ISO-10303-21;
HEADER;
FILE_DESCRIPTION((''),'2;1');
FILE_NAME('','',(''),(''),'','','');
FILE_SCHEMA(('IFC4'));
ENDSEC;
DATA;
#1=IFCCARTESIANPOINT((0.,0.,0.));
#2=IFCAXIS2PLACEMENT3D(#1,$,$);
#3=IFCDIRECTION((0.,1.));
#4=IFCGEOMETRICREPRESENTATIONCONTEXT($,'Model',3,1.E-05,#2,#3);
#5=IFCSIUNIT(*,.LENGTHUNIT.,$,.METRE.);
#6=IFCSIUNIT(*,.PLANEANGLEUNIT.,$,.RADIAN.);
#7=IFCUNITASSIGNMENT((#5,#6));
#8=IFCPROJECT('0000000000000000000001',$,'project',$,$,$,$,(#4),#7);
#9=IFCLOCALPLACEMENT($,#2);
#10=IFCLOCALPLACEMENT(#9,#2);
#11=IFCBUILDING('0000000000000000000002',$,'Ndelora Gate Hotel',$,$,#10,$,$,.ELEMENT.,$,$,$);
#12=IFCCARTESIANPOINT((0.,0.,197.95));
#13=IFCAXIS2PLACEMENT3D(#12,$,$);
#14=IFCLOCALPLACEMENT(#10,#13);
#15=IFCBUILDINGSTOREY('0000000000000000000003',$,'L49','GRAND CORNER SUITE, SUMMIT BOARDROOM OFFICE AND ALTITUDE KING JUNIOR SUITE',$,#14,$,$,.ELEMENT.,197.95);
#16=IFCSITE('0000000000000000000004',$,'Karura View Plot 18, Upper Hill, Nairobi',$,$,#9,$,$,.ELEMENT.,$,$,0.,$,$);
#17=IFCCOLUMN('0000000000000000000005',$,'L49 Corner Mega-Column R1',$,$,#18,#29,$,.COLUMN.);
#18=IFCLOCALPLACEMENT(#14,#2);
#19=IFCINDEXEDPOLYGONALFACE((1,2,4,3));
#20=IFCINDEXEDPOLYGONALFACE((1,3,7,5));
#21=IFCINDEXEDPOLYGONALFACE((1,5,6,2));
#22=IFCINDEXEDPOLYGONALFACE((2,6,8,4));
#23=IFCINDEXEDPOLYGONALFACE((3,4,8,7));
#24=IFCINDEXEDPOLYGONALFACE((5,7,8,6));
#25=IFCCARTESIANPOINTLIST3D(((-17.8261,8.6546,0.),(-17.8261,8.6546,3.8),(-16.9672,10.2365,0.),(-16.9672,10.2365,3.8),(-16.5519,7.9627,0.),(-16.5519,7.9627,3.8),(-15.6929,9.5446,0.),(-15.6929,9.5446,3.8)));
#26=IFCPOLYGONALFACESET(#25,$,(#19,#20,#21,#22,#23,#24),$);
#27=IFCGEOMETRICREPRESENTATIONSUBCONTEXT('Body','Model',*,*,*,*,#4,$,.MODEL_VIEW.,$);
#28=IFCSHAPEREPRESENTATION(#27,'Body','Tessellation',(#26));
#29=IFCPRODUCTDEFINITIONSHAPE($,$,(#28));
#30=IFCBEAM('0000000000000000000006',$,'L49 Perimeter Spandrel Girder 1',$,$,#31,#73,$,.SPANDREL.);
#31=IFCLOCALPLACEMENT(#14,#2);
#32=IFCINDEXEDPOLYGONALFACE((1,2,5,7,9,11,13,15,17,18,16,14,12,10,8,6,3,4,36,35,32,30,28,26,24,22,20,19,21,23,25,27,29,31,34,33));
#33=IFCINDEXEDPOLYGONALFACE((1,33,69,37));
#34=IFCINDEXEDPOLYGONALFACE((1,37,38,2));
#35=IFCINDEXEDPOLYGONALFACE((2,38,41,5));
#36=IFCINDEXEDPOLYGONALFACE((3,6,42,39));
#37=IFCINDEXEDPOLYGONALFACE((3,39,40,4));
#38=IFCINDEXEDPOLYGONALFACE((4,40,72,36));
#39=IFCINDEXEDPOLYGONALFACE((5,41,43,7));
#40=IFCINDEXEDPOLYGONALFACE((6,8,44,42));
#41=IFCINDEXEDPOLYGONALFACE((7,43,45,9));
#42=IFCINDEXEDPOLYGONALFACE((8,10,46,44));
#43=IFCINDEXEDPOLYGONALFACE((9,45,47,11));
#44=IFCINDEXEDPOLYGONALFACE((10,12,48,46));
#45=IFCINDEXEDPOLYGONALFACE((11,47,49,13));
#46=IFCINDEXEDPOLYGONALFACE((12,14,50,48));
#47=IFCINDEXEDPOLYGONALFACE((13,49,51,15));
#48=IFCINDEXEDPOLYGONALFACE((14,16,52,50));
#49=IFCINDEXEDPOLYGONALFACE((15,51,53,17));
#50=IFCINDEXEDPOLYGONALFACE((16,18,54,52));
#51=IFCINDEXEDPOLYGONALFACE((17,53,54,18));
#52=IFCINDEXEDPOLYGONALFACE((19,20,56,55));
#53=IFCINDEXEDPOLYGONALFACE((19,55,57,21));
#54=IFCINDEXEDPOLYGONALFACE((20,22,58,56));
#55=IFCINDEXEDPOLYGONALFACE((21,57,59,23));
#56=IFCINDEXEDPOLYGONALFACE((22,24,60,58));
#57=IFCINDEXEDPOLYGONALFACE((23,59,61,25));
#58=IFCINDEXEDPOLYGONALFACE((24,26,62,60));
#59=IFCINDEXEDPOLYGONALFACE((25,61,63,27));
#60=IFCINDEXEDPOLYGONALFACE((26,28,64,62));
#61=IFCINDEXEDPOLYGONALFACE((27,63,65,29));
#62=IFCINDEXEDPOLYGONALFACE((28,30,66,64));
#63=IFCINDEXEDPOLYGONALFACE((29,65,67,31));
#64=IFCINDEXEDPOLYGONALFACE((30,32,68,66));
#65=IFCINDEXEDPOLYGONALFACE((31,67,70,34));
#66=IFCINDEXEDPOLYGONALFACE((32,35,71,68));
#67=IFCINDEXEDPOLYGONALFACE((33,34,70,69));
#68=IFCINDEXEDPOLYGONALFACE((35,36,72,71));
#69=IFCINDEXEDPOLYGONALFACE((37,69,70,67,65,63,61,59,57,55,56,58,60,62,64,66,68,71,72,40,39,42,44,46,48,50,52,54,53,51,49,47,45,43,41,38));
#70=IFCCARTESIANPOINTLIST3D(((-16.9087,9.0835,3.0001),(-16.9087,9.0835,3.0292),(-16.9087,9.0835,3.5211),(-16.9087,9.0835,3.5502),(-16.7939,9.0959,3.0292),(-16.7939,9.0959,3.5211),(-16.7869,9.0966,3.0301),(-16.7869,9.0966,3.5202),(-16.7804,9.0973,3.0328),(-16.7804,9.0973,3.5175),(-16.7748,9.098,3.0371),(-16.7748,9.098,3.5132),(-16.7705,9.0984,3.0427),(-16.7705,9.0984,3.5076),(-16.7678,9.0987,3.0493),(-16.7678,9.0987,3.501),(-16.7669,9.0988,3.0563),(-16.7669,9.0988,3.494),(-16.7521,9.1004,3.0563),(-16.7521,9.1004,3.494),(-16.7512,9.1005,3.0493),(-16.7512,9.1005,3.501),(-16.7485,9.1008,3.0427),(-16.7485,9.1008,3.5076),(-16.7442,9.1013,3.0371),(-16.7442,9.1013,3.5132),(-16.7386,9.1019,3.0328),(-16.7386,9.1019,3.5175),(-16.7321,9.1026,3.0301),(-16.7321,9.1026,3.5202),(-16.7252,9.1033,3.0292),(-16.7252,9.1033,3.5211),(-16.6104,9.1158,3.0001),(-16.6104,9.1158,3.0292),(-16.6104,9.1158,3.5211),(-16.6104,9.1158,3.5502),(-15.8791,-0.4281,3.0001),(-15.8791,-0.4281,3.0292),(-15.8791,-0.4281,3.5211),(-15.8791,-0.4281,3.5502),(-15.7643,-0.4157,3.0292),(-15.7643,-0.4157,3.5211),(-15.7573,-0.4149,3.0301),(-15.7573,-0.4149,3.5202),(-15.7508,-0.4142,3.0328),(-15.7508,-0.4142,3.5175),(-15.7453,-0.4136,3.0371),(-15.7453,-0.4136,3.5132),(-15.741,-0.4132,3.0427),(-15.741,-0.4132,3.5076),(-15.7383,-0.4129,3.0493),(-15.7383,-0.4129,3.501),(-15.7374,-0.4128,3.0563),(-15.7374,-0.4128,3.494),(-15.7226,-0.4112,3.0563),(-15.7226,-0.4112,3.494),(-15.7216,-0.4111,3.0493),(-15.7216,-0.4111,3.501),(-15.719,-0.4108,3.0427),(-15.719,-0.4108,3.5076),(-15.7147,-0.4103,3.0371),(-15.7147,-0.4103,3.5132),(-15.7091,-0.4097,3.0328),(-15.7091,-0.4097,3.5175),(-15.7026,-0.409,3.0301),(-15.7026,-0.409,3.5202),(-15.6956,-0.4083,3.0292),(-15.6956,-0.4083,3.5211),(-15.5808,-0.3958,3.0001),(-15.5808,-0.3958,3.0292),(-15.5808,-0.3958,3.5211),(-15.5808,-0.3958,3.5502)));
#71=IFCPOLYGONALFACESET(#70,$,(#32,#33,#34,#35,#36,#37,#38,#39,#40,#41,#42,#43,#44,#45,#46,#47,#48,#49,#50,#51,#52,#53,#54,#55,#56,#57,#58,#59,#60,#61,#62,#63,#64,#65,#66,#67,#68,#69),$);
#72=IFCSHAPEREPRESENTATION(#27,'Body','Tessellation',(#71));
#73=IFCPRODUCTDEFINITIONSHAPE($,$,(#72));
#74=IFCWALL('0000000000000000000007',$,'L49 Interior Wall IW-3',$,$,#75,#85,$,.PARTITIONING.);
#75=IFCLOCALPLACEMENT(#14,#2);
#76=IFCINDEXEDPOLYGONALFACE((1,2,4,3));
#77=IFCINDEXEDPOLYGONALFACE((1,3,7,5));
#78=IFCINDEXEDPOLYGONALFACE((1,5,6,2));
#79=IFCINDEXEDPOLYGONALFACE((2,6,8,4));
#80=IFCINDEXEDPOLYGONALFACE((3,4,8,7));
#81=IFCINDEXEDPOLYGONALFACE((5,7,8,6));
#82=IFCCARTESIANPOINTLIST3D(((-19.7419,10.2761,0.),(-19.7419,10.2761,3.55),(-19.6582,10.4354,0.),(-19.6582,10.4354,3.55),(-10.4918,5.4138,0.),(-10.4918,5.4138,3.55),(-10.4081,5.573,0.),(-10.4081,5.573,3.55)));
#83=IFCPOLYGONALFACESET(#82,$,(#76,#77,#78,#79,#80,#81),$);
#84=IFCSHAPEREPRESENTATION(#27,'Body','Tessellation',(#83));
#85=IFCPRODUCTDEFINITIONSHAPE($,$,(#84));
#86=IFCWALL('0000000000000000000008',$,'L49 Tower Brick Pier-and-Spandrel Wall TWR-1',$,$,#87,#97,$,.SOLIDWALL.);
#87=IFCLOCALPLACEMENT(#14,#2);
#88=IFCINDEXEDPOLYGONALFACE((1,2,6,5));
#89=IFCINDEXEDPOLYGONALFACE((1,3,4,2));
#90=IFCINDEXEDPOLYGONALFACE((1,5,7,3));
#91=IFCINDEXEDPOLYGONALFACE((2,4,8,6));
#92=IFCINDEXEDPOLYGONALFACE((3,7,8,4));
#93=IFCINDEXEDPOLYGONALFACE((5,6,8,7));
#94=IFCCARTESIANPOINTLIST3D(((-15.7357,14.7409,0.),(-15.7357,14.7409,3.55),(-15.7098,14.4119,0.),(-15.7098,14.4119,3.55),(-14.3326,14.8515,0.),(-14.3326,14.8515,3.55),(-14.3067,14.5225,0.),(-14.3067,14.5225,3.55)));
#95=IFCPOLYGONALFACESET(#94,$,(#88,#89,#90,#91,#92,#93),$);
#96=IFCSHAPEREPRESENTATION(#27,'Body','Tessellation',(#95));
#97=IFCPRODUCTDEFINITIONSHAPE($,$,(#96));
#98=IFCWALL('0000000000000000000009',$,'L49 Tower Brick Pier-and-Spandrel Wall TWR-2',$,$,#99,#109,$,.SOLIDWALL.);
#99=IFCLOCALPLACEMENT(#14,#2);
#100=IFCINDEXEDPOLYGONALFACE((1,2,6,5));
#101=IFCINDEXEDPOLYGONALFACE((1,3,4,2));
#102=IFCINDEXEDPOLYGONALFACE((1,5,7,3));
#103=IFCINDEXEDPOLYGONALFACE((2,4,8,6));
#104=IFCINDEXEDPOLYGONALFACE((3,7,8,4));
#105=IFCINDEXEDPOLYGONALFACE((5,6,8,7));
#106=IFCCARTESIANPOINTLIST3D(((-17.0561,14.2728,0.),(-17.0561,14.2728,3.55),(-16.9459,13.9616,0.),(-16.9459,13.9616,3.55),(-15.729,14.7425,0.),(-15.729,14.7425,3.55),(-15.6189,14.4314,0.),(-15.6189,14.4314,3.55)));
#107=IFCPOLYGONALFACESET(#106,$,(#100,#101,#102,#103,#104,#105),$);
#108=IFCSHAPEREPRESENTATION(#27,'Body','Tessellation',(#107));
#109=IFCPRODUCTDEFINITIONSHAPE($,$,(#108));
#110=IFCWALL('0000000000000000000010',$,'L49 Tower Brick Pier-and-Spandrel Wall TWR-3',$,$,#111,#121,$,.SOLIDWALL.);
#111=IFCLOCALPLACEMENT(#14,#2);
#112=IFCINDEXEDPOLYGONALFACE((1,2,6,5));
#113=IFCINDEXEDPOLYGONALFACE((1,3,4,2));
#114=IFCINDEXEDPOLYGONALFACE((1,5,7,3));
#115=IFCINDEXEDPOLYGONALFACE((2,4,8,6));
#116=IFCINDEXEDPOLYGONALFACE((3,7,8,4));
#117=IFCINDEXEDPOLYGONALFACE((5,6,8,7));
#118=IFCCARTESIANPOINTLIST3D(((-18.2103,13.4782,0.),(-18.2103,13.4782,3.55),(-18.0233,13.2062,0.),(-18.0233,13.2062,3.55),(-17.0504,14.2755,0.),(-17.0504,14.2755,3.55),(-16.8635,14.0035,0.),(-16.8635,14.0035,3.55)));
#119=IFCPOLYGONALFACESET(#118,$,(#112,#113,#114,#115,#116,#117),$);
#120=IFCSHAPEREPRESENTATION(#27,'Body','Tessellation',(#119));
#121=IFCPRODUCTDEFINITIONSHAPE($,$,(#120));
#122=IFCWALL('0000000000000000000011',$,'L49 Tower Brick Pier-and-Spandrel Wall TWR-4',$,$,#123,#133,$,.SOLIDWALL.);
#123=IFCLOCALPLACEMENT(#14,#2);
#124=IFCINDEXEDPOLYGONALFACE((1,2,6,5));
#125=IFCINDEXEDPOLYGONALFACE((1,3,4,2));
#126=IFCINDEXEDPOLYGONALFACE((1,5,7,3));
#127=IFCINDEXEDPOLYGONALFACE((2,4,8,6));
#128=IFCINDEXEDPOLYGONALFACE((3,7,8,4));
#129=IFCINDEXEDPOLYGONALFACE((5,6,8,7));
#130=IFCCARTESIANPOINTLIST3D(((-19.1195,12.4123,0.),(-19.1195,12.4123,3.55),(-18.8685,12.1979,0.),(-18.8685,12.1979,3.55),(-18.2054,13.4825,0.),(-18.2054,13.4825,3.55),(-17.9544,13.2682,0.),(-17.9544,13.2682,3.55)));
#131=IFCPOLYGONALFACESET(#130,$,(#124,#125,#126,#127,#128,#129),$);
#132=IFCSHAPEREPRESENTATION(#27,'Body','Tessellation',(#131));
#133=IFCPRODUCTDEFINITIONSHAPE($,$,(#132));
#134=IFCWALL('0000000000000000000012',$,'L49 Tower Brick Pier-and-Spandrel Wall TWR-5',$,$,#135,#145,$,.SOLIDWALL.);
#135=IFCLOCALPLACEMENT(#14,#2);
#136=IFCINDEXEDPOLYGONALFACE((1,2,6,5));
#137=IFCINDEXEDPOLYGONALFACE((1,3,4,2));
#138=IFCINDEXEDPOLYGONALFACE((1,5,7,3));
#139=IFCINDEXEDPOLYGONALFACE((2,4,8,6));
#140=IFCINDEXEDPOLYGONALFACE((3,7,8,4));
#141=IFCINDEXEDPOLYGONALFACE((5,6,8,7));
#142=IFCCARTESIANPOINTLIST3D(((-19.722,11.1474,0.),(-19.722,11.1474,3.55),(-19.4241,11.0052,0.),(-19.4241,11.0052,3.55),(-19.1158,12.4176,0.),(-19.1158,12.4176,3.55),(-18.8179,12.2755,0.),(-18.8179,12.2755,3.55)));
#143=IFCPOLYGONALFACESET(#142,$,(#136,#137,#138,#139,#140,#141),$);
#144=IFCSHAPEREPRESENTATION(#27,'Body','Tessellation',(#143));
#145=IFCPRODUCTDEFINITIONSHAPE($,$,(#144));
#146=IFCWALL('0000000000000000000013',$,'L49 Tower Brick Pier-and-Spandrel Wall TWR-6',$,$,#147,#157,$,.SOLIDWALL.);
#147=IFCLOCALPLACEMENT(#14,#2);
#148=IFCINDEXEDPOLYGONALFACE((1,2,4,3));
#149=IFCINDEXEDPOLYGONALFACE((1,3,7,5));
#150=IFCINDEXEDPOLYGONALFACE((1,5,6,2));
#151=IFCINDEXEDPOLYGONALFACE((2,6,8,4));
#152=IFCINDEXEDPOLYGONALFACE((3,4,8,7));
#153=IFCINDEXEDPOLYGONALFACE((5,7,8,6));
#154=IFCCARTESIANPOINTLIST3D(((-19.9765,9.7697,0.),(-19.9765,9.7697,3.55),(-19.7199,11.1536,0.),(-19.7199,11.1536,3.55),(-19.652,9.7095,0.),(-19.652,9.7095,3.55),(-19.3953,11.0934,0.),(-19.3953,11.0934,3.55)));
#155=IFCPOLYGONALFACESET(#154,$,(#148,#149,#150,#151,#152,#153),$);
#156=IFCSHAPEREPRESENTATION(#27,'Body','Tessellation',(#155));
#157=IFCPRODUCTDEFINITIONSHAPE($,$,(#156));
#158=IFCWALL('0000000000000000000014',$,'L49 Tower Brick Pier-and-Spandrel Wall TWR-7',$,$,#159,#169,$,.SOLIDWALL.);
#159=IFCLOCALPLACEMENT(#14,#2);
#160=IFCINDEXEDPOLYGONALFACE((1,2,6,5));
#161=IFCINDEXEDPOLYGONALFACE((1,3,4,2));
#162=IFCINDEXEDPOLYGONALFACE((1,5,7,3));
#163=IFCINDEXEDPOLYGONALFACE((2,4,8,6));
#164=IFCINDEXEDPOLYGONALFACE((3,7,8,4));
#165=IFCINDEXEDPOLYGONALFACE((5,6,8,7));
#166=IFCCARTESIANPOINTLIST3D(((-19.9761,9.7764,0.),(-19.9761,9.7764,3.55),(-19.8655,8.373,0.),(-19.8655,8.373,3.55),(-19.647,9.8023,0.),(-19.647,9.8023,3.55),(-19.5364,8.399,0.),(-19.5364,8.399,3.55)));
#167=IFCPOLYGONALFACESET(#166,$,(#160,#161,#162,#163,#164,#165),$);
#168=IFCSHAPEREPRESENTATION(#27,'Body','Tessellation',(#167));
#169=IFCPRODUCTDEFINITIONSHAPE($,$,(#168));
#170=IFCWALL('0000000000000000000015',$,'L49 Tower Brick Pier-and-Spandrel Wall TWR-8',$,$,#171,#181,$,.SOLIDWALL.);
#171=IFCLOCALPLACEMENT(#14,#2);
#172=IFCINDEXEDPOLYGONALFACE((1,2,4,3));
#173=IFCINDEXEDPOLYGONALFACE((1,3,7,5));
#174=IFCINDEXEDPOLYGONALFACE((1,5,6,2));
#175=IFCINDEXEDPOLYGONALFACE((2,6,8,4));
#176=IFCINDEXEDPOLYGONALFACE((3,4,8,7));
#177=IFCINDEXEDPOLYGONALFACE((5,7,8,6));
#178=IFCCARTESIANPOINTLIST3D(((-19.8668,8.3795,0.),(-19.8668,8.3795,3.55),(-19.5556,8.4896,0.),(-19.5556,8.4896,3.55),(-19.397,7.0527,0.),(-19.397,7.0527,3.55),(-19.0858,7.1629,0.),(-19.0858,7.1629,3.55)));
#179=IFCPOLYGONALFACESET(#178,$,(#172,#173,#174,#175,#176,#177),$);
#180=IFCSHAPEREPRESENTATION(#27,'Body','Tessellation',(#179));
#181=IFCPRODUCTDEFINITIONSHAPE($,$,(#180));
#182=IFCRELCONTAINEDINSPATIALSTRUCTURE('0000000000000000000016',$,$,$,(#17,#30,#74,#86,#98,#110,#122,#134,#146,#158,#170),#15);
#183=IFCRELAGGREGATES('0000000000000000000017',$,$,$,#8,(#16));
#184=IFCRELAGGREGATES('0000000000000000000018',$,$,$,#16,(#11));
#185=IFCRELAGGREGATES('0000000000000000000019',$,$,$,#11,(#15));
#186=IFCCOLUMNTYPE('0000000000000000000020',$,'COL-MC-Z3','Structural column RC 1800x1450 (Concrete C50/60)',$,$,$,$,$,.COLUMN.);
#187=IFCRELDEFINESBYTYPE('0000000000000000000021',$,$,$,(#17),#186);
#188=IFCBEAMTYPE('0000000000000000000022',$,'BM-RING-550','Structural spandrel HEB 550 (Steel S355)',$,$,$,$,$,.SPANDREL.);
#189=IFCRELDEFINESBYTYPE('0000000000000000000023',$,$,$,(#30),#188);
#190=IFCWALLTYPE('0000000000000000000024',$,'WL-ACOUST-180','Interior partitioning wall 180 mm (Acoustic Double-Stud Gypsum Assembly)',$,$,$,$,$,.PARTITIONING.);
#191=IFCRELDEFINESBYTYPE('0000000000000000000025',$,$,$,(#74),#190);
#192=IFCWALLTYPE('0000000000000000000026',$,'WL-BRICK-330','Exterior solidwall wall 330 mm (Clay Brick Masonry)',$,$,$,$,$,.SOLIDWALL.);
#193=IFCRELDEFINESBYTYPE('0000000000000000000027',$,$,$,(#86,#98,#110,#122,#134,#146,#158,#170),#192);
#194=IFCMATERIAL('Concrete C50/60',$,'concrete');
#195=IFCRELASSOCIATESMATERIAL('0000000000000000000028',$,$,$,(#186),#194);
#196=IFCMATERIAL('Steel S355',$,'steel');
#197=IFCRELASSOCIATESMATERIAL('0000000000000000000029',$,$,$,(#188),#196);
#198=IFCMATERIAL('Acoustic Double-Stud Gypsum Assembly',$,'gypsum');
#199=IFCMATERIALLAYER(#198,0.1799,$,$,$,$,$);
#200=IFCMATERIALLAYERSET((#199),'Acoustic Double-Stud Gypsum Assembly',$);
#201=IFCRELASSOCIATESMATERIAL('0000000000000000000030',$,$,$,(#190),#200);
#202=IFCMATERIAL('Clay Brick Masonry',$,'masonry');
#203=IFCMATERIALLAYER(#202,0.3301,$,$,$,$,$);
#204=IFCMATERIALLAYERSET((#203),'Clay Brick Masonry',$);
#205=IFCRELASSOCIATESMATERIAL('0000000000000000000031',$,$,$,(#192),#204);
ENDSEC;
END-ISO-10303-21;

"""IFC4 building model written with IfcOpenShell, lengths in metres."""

from ifc_helpers import new_model, si_unit, direction, frame, frame_2d, origin, origin_2d, place, context, subcontext, project, spatial, rectangle, i_section, extrude, material, layer, layer_set, material_profile, profile_set, type_object, element, save


model = new_model("IFC4")

# Units and contexts
model_context = context("Model", 3, precision=1e-05, world=origin(), true_north=direction((0.0, 1.0)))
body_context = subcontext(model_context, "Body", "Model", "MODEL_VIEW")
ifc_project = project(units=[si_unit("LENGTHUNIT", "METRE"), si_unit("PLANEANGLEUNIT", "RADIAN")], contexts=[model_context])

# Site, building, storey
site_placement = place(None, origin())
site = spatial("IfcSite", under=ifc_project, at=site_placement, Name="Karura View Plot 18, Upper Hill, Nairobi", CompositionType="ELEMENT", RefElevation=0.0)
building_placement = place(site_placement, origin())
building = spatial("IfcBuilding", under=site, at=building_placement, Name="Ndelora Gate Hotel", CompositionType="ELEMENT")
storey_placement = place(building_placement, frame((0.0, 0.0, 197.95)))
storey = spatial("IfcBuildingStorey", under=building, at=storey_placement, Name="L49", Description="GRAND CORNER SUITE, SUMMIT BOARDROOM OFFICE AND ALTITUDE KING JUNIOR SUITE", CompositionType="ELEMENT", Elevation=197.95)

# Column
ifc_material_1 = material(Name="Concrete C50/60", Category="concrete")
ifc_material_profile_1 = material_profile(ifc_material_1, rectangle(XDim=1.45, YDim=1.8, at=origin_2d()), Name="RC 1800x1450")
ifc_profile_set_1 = profile_set([ifc_material_profile_1], Name="Concrete C50/60")
column_type = type_object("IfcColumnType", Name="COL-MC-Z3", Description="Structural column RC 1800x1450 (Concrete C50/60)", PredefinedType="COLUMN", material=ifc_profile_set_1)
column_placement = place(storey_placement, frame((-16.7595, 9.0996, 0.0), z_axis=(0.0, 0.0, 1.0), x_axis=(-0.878817, 0.477159, 0.0)))
element("IfcColumn", 1, at=column_placement, inside=storey, type_object=column_type, Name="L49 Corner Mega-Column R1", PredefinedType="COLUMN", context=body_context, shape_type="SweptSolid", body=[
    extrude(rectangle(XDim=1.45, YDim=1.8, at=origin_2d()), origin(), (0.0, 0.0, 1.0), 3.8),
])

# Beam
ifc_material_2 = material(Name="Steel S355", Category="steel")
ifc_material_profile_2 = material_profile(ifc_material_2, i_section(OverallWidth=0.3, OverallDepth=0.55, WebThickness=0.0149, FlangeThickness=0.0291, FilletRadius=0.0271, at=origin_2d()), Name="HEB 550")
ifc_profile_set_2 = profile_set([ifc_material_profile_2], Name="Steel S355")
beam_type = type_object("IfcBeamType", Name="BM-RING-550", Description="Structural spandrel HEB 550 (Steel S355)", PredefinedType="SPANDREL", material=ifc_profile_set_2)
beam_placement = place(storey_placement, frame((-16.7595, 9.0996, 3.2751), z_axis=(0.107613, -0.994193, 0.0), x_axis=(0.994193, 0.107613, 0.0)))
element("IfcBeam", 2, at=beam_placement, inside=storey, type_object=beam_type, Name="L49 Perimeter Spandrel Girder 1", PredefinedType="SPANDREL", context=body_context, shape_type="SweptSolid", body=[
    extrude(i_section(OverallWidth=0.3, OverallDepth=0.55, WebThickness=0.0149, FlangeThickness=0.0291, FilletRadius=0.0271, at=origin_2d()), origin(), (0.0, 0.0, 1.0), 9.5671),
])

# Walls
ifc_material_3 = material(Name="Acoustic Double-Stud Gypsum Assembly", Category="gypsum")
ifc_layer_1 = layer(ifc_material_3, 0.1799)
ifc_layer_set_1 = layer_set([ifc_layer_1], Name="Acoustic Double-Stud Gypsum Assembly")
wall_type_1 = type_object("IfcWallType", Name="WL-ACOUST-180", Description="Interior partitioning wall 180 mm (Acoustic Double-Stud Gypsum Assembly)", PredefinedType="PARTITIONING", material=ifc_layer_set_1)
wall_1_placement = place(storey_placement, frame((-10.45, 5.4934, 0.0), z_axis=(0.0, 0.0, 1.0), x_axis=(-0.885159, 0.465288, 0.0)))
element("IfcWall", 3, at=wall_1_placement, inside=storey, type_object=wall_type_1, Name="L49 Interior Wall IW-3", PredefinedType="PARTITIONING", context=body_context, shape_type="SweptSolid", body=[
    extrude(rectangle(XDim=10.4502, YDim=0.1799, at=frame_2d((5.2251, 0.0))), origin(), (0.0, 0.0, 1.0), 3.55),
])
ifc_material_4 = material(Name="Clay Brick Masonry", Category="masonry")
ifc_layer_2 = layer(ifc_material_4, 0.3301)
ifc_layer_set_2 = layer_set([ifc_layer_2], Name="Clay Brick Masonry")
wall_type_2 = type_object("IfcWallType", Name="WL-BRICK-330", Description="Exterior solidwall wall 330 mm (Clay Brick Masonry)", PredefinedType="SOLIDWALL", material=ifc_layer_set_2)
wall_2_placement = place(storey_placement, frame((-15.7227, 14.5764, 0.0), z_axis=(0.0, 0.0, 1.0), x_axis=(0.996908, 0.07858, 0.0)))
element("IfcWall", 4, at=wall_2_placement, inside=storey, type_object=wall_type_2, Name="L49 Tower Brick Pier-and-Spandrel Wall TWR-1", PredefinedType="SOLIDWALL", context=body_context, shape_type="SweptSolid", body=[
    extrude(rectangle(XDim=1.4075, YDim=0.3301, at=frame_2d((0.7036, 0.0))), origin(), (0.0, 0.0, 1.0), 3.55),
])
wall_3_placement = place(storey_placement, frame((-17.001, 14.1172, 0.0), z_axis=(0.0, 0.0, 1.0), x_axis=(0.942676, 0.333709, 0.0)))
element("IfcWall", 5, at=wall_3_placement, inside=storey, type_object=wall_type_2, Name="L49 Tower Brick Pier-and-Spandrel Wall TWR-2", PredefinedType="SOLIDWALL", context=body_context, shape_type="SweptSolid", body=[
    extrude(rectangle(XDim=1.4077, YDim=0.3301, at=frame_2d((0.7039, 0.0))), origin(), (0.0, 0.0, 1.0), 3.55),
])
for number, where, z_axis, x_axis, name in (
    (6, (-18.1167, 13.3423, 0.0), (0.0, 0.0, 1.0), (0.824067, 0.566492, 0.0), "L49 Tower Brick Pier-and-Spandrel Wall TWR-3"),
    (7, (-18.9939, 12.3052, 0.0), (0.0, 0.0, 1.0), (0.649419, 0.760431, 0.0), "L49 Tower Brick Pier-and-Spandrel Wall TWR-4"),
    (8, (-19.573, 11.0764, 0.0), (0.0, 0.0, 1.0), (0.430694, 0.902498, 0.0), "L49 Tower Brick Pier-and-Spandrel Wall TWR-5"),
    (9, (-19.8142, 9.7397, 0.0), (0.0, 0.0, 1.0), (0.182319, 0.983239, 0.0), "L49 Tower Brick Pier-and-Spandrel Wall TWR-6"),
):
    element("IfcWall", number, at=place(storey_placement, frame(where, z_axis=z_axis, x_axis=x_axis)), inside=storey, type_object=wall_type_2, Name=name, PredefinedType="SOLIDWALL", context=body_context, shape_type="SweptSolid", body=[
        extrude(rectangle(XDim=1.4075, YDim=0.3301, at=frame_2d((0.7036, 0.0))), origin(), (0.0, 0.0, 1.0), 3.55),
    ])
wall_4_placement = place(storey_placement, frame((-19.7009, 8.386, 0.0), z_axis=(0.0, 0.0, 1.0), x_axis=(-0.078566, 0.996909, 0.0)))
element("IfcWall", 10, at=wall_4_placement, inside=storey, type_object=wall_type_2, Name="L49 Tower Brick Pier-and-Spandrel Wall TWR-7", PredefinedType="SOLIDWALL", context=body_context, shape_type="SweptSolid", body=[
    extrude(rectangle(XDim=1.4077, YDim=0.3301, at=frame_2d((0.7039, 0.0))), origin(), (0.0, 0.0, 1.0), 3.55),
])
wall_5_placement = place(storey_placement, frame((-19.2415, 7.1079, 0.0), z_axis=(0.0, 0.0, 1.0), x_axis=(-0.333764, 0.942657, 0.0)))
element("IfcWall", 11, at=wall_5_placement, inside=storey, type_object=wall_type_2, Name="L49 Tower Brick Pier-and-Spandrel Wall TWR-8", PredefinedType="SOLIDWALL", context=body_context, shape_type="SweptSolid", body=[
    extrude(rectangle(XDim=1.4075, YDim=0.3301, at=frame_2d((0.7036, 0.0))), origin(), (0.0, 0.0, 1.0), 3.55),
])

save(model, "model.ifc")
